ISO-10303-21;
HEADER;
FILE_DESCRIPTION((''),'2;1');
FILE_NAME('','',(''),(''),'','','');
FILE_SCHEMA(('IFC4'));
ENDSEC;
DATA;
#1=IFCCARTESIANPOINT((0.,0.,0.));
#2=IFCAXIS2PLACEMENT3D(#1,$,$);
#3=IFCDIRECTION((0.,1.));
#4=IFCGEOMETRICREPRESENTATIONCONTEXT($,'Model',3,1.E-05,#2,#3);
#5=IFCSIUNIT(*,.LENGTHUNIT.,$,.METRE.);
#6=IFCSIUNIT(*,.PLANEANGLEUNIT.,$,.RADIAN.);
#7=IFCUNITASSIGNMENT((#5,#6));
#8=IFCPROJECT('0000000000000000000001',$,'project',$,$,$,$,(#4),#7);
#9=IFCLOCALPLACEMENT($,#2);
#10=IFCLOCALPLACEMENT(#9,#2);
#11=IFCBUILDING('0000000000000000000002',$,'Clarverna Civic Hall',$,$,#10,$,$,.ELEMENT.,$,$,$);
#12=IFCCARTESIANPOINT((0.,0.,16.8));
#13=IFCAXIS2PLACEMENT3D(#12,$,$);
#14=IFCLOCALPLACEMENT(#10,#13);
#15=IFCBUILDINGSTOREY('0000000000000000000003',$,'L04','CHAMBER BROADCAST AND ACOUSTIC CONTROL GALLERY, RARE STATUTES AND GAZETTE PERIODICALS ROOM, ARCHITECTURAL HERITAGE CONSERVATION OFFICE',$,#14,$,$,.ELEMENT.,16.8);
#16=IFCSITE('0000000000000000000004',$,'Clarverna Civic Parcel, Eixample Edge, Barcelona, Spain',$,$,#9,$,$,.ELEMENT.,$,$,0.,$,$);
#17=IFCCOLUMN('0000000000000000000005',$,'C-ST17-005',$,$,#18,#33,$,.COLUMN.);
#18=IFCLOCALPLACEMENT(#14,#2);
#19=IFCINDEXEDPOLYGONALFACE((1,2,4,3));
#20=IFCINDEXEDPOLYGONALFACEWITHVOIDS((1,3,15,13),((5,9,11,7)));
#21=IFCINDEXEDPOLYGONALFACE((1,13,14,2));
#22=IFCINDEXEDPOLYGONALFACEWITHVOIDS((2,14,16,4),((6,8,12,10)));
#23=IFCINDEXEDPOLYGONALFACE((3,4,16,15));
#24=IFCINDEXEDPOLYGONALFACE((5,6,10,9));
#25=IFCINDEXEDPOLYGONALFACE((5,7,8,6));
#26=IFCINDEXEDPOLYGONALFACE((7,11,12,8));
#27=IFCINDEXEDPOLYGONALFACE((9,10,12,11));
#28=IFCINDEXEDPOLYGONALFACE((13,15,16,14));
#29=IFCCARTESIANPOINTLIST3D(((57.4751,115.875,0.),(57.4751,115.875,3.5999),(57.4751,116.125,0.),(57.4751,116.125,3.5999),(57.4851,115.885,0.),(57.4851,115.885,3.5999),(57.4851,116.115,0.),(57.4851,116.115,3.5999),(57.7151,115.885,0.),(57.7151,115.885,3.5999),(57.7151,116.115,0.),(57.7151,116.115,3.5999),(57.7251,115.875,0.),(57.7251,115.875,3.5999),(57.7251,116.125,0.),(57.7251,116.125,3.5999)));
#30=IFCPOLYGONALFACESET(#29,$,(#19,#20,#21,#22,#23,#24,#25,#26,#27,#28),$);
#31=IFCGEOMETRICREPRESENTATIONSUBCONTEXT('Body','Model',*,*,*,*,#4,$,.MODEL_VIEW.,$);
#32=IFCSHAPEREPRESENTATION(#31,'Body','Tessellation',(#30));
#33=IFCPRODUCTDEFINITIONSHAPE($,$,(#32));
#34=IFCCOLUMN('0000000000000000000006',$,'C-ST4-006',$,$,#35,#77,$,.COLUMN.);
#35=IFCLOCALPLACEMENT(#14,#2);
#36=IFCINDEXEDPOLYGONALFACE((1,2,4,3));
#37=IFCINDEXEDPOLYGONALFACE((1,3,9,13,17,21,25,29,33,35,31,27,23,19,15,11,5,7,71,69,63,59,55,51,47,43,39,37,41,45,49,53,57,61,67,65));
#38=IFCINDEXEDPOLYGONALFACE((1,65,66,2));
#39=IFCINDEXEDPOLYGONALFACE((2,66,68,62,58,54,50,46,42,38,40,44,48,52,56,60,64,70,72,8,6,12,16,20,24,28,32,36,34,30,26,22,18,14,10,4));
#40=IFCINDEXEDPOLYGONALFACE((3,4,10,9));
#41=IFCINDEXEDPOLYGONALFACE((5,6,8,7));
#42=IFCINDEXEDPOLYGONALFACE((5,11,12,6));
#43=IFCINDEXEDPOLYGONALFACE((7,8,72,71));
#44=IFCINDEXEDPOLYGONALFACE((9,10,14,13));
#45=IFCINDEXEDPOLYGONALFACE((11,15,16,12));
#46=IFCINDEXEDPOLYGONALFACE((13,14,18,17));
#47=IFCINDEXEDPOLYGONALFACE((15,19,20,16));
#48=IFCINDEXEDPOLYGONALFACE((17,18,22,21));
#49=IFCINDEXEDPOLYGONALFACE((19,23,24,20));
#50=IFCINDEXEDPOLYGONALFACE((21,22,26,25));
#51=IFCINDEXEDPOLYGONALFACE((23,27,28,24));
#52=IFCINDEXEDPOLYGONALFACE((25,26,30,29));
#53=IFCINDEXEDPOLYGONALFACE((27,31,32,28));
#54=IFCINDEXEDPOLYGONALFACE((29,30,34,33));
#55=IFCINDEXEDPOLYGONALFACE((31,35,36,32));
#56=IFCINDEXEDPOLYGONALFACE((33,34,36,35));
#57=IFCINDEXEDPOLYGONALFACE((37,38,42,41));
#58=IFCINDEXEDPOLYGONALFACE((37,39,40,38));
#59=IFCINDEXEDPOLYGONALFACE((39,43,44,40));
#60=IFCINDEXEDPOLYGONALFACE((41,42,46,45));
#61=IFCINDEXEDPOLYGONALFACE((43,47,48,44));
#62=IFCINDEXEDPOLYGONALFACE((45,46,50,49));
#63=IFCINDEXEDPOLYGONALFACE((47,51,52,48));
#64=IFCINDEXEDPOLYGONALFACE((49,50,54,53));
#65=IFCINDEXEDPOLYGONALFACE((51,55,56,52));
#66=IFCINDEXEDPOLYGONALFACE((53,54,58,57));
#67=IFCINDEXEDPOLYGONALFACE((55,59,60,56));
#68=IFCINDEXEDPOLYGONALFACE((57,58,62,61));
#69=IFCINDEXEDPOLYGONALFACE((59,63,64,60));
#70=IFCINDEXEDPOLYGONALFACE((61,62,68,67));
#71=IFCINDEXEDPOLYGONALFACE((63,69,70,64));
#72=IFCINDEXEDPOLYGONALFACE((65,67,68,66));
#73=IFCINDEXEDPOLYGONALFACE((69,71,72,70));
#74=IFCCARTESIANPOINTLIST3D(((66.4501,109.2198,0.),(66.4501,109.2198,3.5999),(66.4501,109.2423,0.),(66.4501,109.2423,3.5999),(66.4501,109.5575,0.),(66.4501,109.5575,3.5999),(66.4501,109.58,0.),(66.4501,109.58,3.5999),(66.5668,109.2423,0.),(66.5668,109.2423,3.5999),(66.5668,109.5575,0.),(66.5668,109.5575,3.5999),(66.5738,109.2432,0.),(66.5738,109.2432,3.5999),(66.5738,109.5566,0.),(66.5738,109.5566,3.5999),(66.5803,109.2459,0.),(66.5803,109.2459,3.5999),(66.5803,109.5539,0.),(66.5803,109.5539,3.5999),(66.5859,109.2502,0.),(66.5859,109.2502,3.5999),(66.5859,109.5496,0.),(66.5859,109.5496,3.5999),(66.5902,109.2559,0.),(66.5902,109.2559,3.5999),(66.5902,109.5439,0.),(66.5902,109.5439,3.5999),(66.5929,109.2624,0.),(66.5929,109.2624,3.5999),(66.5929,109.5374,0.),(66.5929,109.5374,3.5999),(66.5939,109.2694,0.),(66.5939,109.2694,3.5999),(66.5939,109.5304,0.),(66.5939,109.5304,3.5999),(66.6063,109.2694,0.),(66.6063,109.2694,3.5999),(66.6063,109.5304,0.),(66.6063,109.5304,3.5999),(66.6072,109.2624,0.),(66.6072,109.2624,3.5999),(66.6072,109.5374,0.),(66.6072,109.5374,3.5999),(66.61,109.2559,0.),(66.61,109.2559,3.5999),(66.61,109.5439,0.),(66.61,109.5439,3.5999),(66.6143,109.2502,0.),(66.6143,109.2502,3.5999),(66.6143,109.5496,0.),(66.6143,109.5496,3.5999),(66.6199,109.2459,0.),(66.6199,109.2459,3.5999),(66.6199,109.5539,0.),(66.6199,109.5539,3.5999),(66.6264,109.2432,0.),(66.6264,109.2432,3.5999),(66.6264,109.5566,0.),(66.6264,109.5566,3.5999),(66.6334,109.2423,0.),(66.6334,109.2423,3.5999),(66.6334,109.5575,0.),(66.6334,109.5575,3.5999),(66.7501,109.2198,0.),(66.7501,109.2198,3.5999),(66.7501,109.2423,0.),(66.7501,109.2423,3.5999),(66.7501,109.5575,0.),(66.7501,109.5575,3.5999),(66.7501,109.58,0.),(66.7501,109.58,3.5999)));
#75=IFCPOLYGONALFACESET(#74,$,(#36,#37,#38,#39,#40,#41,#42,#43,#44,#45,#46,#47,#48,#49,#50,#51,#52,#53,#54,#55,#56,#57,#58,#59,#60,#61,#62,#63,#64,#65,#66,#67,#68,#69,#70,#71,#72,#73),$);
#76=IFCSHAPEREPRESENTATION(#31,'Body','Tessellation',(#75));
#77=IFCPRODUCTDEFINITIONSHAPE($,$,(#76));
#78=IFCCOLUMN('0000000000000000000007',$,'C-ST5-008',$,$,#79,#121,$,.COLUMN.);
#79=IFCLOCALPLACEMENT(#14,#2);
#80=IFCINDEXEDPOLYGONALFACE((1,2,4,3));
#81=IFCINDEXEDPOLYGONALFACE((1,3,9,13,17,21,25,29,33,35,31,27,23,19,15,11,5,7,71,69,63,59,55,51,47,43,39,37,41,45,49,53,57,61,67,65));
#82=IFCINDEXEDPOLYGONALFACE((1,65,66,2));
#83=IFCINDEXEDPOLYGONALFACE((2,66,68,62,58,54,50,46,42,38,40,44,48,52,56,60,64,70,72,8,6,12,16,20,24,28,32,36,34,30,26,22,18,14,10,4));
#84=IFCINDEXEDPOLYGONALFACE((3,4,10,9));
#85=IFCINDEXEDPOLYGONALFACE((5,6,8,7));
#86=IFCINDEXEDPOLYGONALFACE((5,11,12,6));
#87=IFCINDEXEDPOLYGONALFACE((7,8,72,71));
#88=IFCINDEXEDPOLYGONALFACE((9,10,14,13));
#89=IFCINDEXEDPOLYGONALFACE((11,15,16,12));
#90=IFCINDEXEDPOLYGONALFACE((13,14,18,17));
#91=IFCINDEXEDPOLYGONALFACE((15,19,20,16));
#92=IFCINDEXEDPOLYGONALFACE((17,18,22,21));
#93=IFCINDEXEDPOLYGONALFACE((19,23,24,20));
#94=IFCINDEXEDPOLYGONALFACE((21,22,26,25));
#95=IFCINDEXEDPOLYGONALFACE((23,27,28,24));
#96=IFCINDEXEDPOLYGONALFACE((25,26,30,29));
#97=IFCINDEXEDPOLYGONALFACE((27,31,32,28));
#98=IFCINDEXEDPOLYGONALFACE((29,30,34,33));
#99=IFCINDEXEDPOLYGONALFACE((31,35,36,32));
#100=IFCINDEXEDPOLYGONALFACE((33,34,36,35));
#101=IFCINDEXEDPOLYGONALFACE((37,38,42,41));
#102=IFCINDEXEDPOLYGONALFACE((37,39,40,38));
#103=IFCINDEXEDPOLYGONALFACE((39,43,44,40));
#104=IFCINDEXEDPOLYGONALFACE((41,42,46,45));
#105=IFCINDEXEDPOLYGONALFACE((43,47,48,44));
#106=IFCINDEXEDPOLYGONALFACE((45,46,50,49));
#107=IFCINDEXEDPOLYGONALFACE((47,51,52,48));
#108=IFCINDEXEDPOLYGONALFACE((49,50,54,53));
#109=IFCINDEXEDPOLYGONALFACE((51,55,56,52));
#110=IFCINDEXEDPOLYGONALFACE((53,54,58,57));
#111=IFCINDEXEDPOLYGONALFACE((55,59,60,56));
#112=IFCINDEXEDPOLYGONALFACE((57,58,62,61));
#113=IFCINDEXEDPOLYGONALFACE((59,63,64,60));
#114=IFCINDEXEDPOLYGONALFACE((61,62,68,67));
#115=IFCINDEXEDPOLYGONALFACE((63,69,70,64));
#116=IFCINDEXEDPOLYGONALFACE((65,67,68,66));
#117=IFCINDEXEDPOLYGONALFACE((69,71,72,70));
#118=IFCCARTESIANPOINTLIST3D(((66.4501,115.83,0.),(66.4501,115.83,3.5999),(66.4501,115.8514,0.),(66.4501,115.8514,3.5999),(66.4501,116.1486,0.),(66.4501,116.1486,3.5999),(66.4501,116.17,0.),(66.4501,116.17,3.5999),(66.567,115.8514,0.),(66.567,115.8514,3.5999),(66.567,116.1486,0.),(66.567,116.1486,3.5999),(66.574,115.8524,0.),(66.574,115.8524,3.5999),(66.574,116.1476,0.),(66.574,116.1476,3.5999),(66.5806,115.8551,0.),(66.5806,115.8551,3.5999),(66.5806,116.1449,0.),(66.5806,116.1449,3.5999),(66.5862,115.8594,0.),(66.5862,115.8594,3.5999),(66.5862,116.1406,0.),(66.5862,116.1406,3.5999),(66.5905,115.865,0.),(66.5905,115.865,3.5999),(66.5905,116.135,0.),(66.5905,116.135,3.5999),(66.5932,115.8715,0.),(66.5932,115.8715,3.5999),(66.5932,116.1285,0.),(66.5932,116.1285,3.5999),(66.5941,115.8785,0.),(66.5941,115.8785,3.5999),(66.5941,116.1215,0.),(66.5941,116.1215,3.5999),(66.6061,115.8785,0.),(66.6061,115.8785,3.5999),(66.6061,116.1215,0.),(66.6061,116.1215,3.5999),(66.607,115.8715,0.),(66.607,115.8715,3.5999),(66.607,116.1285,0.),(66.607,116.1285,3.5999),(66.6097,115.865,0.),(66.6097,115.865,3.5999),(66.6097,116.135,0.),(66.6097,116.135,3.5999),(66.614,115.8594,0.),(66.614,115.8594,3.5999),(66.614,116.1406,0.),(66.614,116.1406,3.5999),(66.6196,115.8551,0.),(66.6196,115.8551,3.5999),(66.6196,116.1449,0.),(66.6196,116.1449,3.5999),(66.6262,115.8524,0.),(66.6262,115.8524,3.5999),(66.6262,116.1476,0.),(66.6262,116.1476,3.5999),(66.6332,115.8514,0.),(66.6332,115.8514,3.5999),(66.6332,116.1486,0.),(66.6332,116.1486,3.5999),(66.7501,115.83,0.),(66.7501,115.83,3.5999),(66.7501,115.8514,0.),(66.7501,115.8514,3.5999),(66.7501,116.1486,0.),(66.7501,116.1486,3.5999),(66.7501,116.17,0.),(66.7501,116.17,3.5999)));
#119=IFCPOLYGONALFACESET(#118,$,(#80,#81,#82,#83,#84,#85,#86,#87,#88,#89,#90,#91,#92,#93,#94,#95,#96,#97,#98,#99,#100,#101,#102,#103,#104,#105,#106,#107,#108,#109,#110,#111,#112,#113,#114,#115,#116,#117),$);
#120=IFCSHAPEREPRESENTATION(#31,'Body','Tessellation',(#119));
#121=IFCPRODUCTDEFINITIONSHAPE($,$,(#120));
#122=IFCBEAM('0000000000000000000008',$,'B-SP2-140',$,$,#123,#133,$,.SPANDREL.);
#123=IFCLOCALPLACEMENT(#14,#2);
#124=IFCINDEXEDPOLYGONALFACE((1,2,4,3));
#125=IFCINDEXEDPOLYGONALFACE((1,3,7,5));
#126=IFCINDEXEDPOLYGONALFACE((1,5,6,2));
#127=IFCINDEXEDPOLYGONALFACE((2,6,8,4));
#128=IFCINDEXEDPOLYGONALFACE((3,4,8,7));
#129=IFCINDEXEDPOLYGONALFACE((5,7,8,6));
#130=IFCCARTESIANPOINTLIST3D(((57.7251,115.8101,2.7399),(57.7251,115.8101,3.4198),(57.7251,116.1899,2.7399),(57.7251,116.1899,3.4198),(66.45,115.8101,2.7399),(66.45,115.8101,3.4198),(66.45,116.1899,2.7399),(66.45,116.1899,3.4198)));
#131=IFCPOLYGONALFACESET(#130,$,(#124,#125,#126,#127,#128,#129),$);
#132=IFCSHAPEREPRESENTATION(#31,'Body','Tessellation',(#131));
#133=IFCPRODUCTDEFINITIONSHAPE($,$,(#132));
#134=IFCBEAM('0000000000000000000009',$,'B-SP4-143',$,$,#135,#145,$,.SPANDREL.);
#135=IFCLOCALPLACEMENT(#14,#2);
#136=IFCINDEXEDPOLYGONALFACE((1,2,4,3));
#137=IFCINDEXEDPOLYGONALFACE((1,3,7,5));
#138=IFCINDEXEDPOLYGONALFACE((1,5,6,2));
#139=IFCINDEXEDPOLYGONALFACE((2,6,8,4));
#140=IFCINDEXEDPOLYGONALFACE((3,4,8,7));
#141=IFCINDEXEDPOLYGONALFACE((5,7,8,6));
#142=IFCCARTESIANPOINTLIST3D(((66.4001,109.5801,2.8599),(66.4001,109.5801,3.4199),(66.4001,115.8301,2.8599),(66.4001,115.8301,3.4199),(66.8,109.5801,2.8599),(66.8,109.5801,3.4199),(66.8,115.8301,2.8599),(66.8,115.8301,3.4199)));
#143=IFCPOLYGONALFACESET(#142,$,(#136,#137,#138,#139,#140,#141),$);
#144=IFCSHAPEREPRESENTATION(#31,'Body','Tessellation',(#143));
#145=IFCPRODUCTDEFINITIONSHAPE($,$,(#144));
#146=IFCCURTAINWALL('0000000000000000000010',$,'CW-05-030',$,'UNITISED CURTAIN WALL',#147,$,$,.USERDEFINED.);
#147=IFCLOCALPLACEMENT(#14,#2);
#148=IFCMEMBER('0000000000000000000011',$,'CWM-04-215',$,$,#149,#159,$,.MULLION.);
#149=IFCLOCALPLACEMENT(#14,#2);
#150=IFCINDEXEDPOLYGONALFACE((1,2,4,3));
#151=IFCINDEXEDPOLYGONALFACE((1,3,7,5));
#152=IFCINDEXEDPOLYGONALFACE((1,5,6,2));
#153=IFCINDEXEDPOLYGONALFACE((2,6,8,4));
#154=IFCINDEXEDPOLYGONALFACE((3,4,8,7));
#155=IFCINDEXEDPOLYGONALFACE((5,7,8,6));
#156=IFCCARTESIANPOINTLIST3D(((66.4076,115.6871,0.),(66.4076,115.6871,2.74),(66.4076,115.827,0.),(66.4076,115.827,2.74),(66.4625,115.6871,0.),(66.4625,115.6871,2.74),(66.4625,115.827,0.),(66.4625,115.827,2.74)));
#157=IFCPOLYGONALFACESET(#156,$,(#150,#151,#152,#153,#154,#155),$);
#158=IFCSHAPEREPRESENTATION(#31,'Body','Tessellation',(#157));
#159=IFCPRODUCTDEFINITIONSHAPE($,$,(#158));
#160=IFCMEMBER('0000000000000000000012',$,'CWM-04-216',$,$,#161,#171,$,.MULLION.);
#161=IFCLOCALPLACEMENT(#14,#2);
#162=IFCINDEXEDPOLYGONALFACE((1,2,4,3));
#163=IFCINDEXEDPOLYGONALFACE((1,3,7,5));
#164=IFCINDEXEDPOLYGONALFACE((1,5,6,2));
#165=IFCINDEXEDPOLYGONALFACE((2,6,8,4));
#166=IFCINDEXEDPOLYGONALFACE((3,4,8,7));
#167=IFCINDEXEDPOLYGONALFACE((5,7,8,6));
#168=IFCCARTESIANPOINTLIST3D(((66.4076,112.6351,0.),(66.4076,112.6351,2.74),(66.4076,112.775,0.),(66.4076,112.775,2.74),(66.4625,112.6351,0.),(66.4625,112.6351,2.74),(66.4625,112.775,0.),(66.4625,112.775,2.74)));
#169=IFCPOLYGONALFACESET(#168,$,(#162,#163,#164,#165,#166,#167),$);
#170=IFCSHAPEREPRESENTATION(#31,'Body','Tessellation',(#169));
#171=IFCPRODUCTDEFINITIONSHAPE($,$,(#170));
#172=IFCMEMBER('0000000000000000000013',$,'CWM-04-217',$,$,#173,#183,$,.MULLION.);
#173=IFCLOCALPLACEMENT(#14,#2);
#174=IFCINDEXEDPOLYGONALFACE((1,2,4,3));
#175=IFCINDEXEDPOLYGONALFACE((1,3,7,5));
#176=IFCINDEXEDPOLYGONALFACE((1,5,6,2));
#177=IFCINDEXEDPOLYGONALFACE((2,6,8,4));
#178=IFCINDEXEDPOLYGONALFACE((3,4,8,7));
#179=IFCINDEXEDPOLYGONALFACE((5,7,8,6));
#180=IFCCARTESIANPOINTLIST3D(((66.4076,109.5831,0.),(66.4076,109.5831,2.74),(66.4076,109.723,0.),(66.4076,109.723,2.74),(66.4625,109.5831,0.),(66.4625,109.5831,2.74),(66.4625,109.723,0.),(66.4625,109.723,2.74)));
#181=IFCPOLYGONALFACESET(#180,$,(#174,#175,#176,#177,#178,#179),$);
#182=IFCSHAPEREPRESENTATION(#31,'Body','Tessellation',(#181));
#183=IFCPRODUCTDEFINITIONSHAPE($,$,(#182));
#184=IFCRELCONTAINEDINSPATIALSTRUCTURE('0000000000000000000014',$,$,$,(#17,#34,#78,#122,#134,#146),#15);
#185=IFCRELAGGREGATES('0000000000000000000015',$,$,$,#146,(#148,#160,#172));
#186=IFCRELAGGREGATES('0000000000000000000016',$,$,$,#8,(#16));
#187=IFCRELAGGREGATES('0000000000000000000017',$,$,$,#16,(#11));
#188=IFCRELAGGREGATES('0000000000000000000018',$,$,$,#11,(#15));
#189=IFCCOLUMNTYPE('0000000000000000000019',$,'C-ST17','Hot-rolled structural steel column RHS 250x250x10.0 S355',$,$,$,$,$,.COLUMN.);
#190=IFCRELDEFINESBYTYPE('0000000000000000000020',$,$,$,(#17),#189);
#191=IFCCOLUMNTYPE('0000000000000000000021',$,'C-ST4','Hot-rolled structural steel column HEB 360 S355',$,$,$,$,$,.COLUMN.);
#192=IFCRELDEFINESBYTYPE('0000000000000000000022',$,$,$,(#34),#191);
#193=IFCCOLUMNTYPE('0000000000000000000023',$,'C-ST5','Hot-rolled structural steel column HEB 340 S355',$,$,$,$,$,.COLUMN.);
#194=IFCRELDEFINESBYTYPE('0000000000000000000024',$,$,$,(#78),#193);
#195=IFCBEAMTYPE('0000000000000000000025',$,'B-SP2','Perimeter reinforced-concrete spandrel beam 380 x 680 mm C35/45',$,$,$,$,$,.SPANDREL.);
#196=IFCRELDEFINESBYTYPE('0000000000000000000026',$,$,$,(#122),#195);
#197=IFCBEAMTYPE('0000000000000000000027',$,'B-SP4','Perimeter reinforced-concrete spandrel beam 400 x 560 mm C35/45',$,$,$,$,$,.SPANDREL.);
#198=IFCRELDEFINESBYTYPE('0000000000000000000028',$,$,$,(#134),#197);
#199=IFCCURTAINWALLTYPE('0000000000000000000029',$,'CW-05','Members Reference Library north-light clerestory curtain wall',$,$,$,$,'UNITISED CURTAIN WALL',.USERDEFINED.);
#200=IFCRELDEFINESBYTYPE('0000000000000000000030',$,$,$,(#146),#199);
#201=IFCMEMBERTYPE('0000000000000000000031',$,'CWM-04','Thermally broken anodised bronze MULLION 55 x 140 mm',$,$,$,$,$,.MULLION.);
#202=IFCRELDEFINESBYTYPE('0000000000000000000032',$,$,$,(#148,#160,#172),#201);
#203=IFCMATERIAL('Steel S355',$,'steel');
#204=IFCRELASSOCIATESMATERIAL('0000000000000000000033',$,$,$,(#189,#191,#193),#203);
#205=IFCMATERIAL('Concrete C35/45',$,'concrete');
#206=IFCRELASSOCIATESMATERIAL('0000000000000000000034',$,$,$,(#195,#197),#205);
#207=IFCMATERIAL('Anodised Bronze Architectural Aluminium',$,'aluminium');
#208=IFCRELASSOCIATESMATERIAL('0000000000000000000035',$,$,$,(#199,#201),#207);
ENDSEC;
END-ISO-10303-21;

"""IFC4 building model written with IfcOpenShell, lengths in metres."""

from ifc_helpers import new_model, si_unit, direction, frame, origin, origin_2d, place, context, subcontext, project, spatial, rectangle, hollow_rectangle, i_section, extrude, material, material_profile, profile_set, type_object, element, aggregate, save


model = new_model("IFC4")

# Units and contexts
model_context = context("Model", 3, precision=1e-05, world=origin(), true_north=direction((0.0, 1.0)))
body_context = subcontext(model_context, "Body", "Model", "MODEL_VIEW")
ifc_project = project(units=[si_unit("LENGTHUNIT", "METRE"), si_unit("PLANEANGLEUNIT", "RADIAN")], contexts=[model_context])

# Site, building, storey
site_placement = place(None, origin())
site = spatial("IfcSite", under=ifc_project, at=site_placement, Name="Clarverna Civic Parcel, Eixample Edge, Barcelona, Spain", CompositionType="ELEMENT", RefElevation=0.0)
building_placement = place(site_placement, origin())
building = spatial("IfcBuilding", under=site, at=building_placement, Name="Clarverna Civic Hall", CompositionType="ELEMENT")
storey_placement = place(building_placement, frame((0.0, 0.0, 16.8)))
storey = spatial("IfcBuildingStorey", under=building, at=storey_placement, Name="L04", Description="CHAMBER BROADCAST AND ACOUSTIC CONTROL GALLERY, RARE STATUTES AND GAZETTE PERIODICALS ROOM, ARCHITECTURAL HERITAGE CONSERVATION OFFICE", CompositionType="ELEMENT", Elevation=16.8)

# Columns
ifc_material_1 = material(Name="Steel S355", Category="steel")
ifc_material_profile_1 = material_profile(ifc_material_1, hollow_rectangle(XDim=0.25, YDim=0.25, WallThickness=0.01, at=origin_2d()), Name="RHS 250x250x10.0")
ifc_profile_set_1 = profile_set([ifc_material_profile_1], Name="Steel S355")
column_type_1 = type_object("IfcColumnType", Name="C-ST17", Description="Hot-rolled structural steel column RHS 250x250x10.0 S355", PredefinedType="COLUMN", material=ifc_profile_set_1)
column_1_placement = place(storey_placement, frame((57.6001, 116.0, 0.0), z_axis=(0.0, 0.0, 1.0), x_axis=(1.0, 0.0, 0.0)))
element("IfcColumn", 1, at=column_1_placement, inside=storey, type_object=column_type_1, Name="C-ST17-005", PredefinedType="COLUMN", context=body_context, shape_type="SweptSolid", body=[
    extrude(hollow_rectangle(XDim=0.25, YDim=0.25, WallThickness=0.01, at=origin_2d()), origin(), (0.0, 0.0, 1.0), 3.5999),
])
ifc_material_profile_2 = material_profile(ifc_material_1, i_section(OverallWidth=0.3, OverallDepth=0.3601, WebThickness=0.0125, FlangeThickness=0.0225, FilletRadius=0.0271, at=origin_2d()), Name="HEB 360")
ifc_profile_set_2 = profile_set([ifc_material_profile_2], Name="Steel S355")
column_type_2 = type_object("IfcColumnType", Name="C-ST4", Description="Hot-rolled structural steel column HEB 360 S355", PredefinedType="COLUMN", material=ifc_profile_set_2)
column_2_placement = place(storey_placement, frame((66.6001, 109.3999, 0.0), z_axis=(0.0, 0.0, 1.0), x_axis=(1.0, 0.0, 0.0)))
element("IfcColumn", 2, at=column_2_placement, inside=storey, type_object=column_type_2, Name="C-ST4-006", PredefinedType="COLUMN", context=body_context, shape_type="SweptSolid", body=[
    extrude(i_section(OverallWidth=0.3, OverallDepth=0.3601, WebThickness=0.0125, FlangeThickness=0.0225, FilletRadius=0.0271, at=origin_2d()), origin(), (0.0, 0.0, 1.0), 3.5999),
])
ifc_material_profile_3 = material_profile(ifc_material_1, i_section(OverallWidth=0.3, OverallDepth=0.3401, WebThickness=0.012, FlangeThickness=0.0215, FilletRadius=0.0271, at=origin_2d()), Name="HEB 340")
ifc_profile_set_3 = profile_set([ifc_material_profile_3], Name="Steel S355")
column_type_3 = type_object("IfcColumnType", Name="C-ST5", Description="Hot-rolled structural steel column HEB 340 S355", PredefinedType="COLUMN", material=ifc_profile_set_3)
column_3_placement = place(storey_placement, frame((66.6001, 116.0, 0.0), z_axis=(0.0, 0.0, 1.0), x_axis=(1.0, 0.0, 0.0)))
element("IfcColumn", 3, at=column_3_placement, inside=storey, type_object=column_type_3, Name="C-ST5-008", PredefinedType="COLUMN", context=body_context, shape_type="SweptSolid", body=[
    extrude(i_section(OverallWidth=0.3, OverallDepth=0.3401, WebThickness=0.012, FlangeThickness=0.0215, FilletRadius=0.0271, at=origin_2d()), origin(), (0.0, 0.0, 1.0), 3.5999),
])

# Beams
ifc_material_2 = material(Name="Concrete C35/45", Category="concrete")
ifc_material_profile_4 = material_profile(ifc_material_2, rectangle(XDim=0.3799, YDim=0.6799, at=origin_2d()), Name="RC 380x680")
ifc_profile_set_4 = profile_set([ifc_material_profile_4], Name="Concrete C35/45")
beam_type_1 = type_object("IfcBeamType", Name="B-SP2", Description="Perimeter reinforced-concrete spandrel beam 380 x 680 mm C35/45", PredefinedType="SPANDREL", material=ifc_profile_set_4)
beam_1_placement = place(storey_placement, frame((57.7251, 116.0, 3.0798), z_axis=(1.0, 0.0, 0.0), x_axis=(0.0, 1.0, 0.0)))
element("IfcBeam", 4, at=beam_1_placement, inside=storey, type_object=beam_type_1, Name="B-SP2-140", PredefinedType="SPANDREL", context=body_context, shape_type="SweptSolid", body=[
    extrude(rectangle(XDim=0.3799, YDim=0.6799, at=origin_2d()), origin(), (0.0, 0.0, 1.0), 8.7249),
])
ifc_material_profile_5 = material_profile(ifc_material_2, rectangle(XDim=0.3999, YDim=0.5601, at=origin_2d()), Name="RC 400x560")
ifc_profile_set_5 = profile_set([ifc_material_profile_5], Name="Concrete C35/45")
beam_type_2 = type_object("IfcBeamType", Name="B-SP4", Description="Perimeter reinforced-concrete spandrel beam 400 x 560 mm C35/45", PredefinedType="SPANDREL", material=ifc_profile_set_5)
beam_2_placement = place(storey_placement, frame((66.6001, 109.5801, 3.1399), z_axis=(0.0, 1.0, 0.0), x_axis=(-1.0, 0.0, 0.0)))
element("IfcBeam", 5, at=beam_2_placement, inside=storey, type_object=beam_type_2, Name="B-SP4-143", PredefinedType="SPANDREL", context=body_context, shape_type="SweptSolid", body=[
    extrude(rectangle(XDim=0.3999, YDim=0.5601, at=origin_2d()), origin(), (0.0, 0.0, 1.0), 6.25),
])

# Curtain wall, members
ifc_material_3 = material(Name="Anodised Bronze Architectural Aluminium", Category="aluminium")
curtain_wall_type = type_object("IfcCurtainWallType", Name="CW-05", Description="Members Reference Library north-light clerestory curtain wall", ElementType="UNITISED CURTAIN WALL", PredefinedType="USERDEFINED", material=ifc_material_3)
curtain_wall_placement = place(storey_placement, origin())
curtain_wall = element("IfcCurtainWall", 6, at=curtain_wall_placement, inside=storey, type_object=curtain_wall_type, Name="CW-05-030", ObjectType="UNITISED CURTAIN WALL", PredefinedType="USERDEFINED")
ifc_material_profile_6 = material_profile(ifc_material_3, rectangle(XDim=0.0549, YDim=0.1399, at=origin_2d()), Name="BRONZE 55x140")
ifc_profile_set_6 = profile_set([ifc_material_profile_6], Name="Anodised Bronze Architectural Aluminium")
member_type_1 = type_object("IfcMemberType", Name="CWM-04", Description="Thermally broken anodised bronze MULLION 55 x 140 mm", PredefinedType="MULLION", material=ifc_profile_set_6)
member_1_placement = place(storey_placement, frame((66.4351, 115.7571, 0.0), z_axis=(0.0, 0.0, 1.0), x_axis=(1.0, 0.0, 0.0)))
member_1 = element("IfcMember", 7, at=member_1_placement, type_object=member_type_1, Name="CWM-04-215", PredefinedType="MULLION", context=body_context, shape_type="SweptSolid", body=[
    extrude(rectangle(XDim=0.0549, YDim=0.1399, at=origin_2d()), origin(), (0.0, 0.0, 1.0), 2.74),
])
member_2_placement = place(storey_placement, frame((66.4351, 112.7051, 0.0), z_axis=(0.0, 0.0, 1.0), x_axis=(1.0, 0.0, 0.0)))
member_2 = element("IfcMember", 8, at=member_2_placement, type_object=member_type_1, Name="CWM-04-216", PredefinedType="MULLION", context=body_context, shape_type="SweptSolid", body=[
    extrude(rectangle(XDim=0.0549, YDim=0.1399, at=origin_2d()), origin(), (0.0, 0.0, 1.0), 2.74),
])
member_3_placement = place(storey_placement, frame((66.4351, 109.6531, 0.0), z_axis=(0.0, 0.0, 1.0), x_axis=(1.0, 0.0, 0.0)))
member_3 = element("IfcMember", 9, at=member_3_placement, type_object=member_type_1, Name="CWM-04-217", PredefinedType="MULLION", context=body_context, shape_type="SweptSolid", body=[
    extrude(rectangle(XDim=0.0549, YDim=0.1399, at=origin_2d()), origin(), (0.0, 0.0, 1.0), 2.74),
])
aggregate(curtain_wall, [member_1, member_2, member_3])

save(model, "model.ifc")
